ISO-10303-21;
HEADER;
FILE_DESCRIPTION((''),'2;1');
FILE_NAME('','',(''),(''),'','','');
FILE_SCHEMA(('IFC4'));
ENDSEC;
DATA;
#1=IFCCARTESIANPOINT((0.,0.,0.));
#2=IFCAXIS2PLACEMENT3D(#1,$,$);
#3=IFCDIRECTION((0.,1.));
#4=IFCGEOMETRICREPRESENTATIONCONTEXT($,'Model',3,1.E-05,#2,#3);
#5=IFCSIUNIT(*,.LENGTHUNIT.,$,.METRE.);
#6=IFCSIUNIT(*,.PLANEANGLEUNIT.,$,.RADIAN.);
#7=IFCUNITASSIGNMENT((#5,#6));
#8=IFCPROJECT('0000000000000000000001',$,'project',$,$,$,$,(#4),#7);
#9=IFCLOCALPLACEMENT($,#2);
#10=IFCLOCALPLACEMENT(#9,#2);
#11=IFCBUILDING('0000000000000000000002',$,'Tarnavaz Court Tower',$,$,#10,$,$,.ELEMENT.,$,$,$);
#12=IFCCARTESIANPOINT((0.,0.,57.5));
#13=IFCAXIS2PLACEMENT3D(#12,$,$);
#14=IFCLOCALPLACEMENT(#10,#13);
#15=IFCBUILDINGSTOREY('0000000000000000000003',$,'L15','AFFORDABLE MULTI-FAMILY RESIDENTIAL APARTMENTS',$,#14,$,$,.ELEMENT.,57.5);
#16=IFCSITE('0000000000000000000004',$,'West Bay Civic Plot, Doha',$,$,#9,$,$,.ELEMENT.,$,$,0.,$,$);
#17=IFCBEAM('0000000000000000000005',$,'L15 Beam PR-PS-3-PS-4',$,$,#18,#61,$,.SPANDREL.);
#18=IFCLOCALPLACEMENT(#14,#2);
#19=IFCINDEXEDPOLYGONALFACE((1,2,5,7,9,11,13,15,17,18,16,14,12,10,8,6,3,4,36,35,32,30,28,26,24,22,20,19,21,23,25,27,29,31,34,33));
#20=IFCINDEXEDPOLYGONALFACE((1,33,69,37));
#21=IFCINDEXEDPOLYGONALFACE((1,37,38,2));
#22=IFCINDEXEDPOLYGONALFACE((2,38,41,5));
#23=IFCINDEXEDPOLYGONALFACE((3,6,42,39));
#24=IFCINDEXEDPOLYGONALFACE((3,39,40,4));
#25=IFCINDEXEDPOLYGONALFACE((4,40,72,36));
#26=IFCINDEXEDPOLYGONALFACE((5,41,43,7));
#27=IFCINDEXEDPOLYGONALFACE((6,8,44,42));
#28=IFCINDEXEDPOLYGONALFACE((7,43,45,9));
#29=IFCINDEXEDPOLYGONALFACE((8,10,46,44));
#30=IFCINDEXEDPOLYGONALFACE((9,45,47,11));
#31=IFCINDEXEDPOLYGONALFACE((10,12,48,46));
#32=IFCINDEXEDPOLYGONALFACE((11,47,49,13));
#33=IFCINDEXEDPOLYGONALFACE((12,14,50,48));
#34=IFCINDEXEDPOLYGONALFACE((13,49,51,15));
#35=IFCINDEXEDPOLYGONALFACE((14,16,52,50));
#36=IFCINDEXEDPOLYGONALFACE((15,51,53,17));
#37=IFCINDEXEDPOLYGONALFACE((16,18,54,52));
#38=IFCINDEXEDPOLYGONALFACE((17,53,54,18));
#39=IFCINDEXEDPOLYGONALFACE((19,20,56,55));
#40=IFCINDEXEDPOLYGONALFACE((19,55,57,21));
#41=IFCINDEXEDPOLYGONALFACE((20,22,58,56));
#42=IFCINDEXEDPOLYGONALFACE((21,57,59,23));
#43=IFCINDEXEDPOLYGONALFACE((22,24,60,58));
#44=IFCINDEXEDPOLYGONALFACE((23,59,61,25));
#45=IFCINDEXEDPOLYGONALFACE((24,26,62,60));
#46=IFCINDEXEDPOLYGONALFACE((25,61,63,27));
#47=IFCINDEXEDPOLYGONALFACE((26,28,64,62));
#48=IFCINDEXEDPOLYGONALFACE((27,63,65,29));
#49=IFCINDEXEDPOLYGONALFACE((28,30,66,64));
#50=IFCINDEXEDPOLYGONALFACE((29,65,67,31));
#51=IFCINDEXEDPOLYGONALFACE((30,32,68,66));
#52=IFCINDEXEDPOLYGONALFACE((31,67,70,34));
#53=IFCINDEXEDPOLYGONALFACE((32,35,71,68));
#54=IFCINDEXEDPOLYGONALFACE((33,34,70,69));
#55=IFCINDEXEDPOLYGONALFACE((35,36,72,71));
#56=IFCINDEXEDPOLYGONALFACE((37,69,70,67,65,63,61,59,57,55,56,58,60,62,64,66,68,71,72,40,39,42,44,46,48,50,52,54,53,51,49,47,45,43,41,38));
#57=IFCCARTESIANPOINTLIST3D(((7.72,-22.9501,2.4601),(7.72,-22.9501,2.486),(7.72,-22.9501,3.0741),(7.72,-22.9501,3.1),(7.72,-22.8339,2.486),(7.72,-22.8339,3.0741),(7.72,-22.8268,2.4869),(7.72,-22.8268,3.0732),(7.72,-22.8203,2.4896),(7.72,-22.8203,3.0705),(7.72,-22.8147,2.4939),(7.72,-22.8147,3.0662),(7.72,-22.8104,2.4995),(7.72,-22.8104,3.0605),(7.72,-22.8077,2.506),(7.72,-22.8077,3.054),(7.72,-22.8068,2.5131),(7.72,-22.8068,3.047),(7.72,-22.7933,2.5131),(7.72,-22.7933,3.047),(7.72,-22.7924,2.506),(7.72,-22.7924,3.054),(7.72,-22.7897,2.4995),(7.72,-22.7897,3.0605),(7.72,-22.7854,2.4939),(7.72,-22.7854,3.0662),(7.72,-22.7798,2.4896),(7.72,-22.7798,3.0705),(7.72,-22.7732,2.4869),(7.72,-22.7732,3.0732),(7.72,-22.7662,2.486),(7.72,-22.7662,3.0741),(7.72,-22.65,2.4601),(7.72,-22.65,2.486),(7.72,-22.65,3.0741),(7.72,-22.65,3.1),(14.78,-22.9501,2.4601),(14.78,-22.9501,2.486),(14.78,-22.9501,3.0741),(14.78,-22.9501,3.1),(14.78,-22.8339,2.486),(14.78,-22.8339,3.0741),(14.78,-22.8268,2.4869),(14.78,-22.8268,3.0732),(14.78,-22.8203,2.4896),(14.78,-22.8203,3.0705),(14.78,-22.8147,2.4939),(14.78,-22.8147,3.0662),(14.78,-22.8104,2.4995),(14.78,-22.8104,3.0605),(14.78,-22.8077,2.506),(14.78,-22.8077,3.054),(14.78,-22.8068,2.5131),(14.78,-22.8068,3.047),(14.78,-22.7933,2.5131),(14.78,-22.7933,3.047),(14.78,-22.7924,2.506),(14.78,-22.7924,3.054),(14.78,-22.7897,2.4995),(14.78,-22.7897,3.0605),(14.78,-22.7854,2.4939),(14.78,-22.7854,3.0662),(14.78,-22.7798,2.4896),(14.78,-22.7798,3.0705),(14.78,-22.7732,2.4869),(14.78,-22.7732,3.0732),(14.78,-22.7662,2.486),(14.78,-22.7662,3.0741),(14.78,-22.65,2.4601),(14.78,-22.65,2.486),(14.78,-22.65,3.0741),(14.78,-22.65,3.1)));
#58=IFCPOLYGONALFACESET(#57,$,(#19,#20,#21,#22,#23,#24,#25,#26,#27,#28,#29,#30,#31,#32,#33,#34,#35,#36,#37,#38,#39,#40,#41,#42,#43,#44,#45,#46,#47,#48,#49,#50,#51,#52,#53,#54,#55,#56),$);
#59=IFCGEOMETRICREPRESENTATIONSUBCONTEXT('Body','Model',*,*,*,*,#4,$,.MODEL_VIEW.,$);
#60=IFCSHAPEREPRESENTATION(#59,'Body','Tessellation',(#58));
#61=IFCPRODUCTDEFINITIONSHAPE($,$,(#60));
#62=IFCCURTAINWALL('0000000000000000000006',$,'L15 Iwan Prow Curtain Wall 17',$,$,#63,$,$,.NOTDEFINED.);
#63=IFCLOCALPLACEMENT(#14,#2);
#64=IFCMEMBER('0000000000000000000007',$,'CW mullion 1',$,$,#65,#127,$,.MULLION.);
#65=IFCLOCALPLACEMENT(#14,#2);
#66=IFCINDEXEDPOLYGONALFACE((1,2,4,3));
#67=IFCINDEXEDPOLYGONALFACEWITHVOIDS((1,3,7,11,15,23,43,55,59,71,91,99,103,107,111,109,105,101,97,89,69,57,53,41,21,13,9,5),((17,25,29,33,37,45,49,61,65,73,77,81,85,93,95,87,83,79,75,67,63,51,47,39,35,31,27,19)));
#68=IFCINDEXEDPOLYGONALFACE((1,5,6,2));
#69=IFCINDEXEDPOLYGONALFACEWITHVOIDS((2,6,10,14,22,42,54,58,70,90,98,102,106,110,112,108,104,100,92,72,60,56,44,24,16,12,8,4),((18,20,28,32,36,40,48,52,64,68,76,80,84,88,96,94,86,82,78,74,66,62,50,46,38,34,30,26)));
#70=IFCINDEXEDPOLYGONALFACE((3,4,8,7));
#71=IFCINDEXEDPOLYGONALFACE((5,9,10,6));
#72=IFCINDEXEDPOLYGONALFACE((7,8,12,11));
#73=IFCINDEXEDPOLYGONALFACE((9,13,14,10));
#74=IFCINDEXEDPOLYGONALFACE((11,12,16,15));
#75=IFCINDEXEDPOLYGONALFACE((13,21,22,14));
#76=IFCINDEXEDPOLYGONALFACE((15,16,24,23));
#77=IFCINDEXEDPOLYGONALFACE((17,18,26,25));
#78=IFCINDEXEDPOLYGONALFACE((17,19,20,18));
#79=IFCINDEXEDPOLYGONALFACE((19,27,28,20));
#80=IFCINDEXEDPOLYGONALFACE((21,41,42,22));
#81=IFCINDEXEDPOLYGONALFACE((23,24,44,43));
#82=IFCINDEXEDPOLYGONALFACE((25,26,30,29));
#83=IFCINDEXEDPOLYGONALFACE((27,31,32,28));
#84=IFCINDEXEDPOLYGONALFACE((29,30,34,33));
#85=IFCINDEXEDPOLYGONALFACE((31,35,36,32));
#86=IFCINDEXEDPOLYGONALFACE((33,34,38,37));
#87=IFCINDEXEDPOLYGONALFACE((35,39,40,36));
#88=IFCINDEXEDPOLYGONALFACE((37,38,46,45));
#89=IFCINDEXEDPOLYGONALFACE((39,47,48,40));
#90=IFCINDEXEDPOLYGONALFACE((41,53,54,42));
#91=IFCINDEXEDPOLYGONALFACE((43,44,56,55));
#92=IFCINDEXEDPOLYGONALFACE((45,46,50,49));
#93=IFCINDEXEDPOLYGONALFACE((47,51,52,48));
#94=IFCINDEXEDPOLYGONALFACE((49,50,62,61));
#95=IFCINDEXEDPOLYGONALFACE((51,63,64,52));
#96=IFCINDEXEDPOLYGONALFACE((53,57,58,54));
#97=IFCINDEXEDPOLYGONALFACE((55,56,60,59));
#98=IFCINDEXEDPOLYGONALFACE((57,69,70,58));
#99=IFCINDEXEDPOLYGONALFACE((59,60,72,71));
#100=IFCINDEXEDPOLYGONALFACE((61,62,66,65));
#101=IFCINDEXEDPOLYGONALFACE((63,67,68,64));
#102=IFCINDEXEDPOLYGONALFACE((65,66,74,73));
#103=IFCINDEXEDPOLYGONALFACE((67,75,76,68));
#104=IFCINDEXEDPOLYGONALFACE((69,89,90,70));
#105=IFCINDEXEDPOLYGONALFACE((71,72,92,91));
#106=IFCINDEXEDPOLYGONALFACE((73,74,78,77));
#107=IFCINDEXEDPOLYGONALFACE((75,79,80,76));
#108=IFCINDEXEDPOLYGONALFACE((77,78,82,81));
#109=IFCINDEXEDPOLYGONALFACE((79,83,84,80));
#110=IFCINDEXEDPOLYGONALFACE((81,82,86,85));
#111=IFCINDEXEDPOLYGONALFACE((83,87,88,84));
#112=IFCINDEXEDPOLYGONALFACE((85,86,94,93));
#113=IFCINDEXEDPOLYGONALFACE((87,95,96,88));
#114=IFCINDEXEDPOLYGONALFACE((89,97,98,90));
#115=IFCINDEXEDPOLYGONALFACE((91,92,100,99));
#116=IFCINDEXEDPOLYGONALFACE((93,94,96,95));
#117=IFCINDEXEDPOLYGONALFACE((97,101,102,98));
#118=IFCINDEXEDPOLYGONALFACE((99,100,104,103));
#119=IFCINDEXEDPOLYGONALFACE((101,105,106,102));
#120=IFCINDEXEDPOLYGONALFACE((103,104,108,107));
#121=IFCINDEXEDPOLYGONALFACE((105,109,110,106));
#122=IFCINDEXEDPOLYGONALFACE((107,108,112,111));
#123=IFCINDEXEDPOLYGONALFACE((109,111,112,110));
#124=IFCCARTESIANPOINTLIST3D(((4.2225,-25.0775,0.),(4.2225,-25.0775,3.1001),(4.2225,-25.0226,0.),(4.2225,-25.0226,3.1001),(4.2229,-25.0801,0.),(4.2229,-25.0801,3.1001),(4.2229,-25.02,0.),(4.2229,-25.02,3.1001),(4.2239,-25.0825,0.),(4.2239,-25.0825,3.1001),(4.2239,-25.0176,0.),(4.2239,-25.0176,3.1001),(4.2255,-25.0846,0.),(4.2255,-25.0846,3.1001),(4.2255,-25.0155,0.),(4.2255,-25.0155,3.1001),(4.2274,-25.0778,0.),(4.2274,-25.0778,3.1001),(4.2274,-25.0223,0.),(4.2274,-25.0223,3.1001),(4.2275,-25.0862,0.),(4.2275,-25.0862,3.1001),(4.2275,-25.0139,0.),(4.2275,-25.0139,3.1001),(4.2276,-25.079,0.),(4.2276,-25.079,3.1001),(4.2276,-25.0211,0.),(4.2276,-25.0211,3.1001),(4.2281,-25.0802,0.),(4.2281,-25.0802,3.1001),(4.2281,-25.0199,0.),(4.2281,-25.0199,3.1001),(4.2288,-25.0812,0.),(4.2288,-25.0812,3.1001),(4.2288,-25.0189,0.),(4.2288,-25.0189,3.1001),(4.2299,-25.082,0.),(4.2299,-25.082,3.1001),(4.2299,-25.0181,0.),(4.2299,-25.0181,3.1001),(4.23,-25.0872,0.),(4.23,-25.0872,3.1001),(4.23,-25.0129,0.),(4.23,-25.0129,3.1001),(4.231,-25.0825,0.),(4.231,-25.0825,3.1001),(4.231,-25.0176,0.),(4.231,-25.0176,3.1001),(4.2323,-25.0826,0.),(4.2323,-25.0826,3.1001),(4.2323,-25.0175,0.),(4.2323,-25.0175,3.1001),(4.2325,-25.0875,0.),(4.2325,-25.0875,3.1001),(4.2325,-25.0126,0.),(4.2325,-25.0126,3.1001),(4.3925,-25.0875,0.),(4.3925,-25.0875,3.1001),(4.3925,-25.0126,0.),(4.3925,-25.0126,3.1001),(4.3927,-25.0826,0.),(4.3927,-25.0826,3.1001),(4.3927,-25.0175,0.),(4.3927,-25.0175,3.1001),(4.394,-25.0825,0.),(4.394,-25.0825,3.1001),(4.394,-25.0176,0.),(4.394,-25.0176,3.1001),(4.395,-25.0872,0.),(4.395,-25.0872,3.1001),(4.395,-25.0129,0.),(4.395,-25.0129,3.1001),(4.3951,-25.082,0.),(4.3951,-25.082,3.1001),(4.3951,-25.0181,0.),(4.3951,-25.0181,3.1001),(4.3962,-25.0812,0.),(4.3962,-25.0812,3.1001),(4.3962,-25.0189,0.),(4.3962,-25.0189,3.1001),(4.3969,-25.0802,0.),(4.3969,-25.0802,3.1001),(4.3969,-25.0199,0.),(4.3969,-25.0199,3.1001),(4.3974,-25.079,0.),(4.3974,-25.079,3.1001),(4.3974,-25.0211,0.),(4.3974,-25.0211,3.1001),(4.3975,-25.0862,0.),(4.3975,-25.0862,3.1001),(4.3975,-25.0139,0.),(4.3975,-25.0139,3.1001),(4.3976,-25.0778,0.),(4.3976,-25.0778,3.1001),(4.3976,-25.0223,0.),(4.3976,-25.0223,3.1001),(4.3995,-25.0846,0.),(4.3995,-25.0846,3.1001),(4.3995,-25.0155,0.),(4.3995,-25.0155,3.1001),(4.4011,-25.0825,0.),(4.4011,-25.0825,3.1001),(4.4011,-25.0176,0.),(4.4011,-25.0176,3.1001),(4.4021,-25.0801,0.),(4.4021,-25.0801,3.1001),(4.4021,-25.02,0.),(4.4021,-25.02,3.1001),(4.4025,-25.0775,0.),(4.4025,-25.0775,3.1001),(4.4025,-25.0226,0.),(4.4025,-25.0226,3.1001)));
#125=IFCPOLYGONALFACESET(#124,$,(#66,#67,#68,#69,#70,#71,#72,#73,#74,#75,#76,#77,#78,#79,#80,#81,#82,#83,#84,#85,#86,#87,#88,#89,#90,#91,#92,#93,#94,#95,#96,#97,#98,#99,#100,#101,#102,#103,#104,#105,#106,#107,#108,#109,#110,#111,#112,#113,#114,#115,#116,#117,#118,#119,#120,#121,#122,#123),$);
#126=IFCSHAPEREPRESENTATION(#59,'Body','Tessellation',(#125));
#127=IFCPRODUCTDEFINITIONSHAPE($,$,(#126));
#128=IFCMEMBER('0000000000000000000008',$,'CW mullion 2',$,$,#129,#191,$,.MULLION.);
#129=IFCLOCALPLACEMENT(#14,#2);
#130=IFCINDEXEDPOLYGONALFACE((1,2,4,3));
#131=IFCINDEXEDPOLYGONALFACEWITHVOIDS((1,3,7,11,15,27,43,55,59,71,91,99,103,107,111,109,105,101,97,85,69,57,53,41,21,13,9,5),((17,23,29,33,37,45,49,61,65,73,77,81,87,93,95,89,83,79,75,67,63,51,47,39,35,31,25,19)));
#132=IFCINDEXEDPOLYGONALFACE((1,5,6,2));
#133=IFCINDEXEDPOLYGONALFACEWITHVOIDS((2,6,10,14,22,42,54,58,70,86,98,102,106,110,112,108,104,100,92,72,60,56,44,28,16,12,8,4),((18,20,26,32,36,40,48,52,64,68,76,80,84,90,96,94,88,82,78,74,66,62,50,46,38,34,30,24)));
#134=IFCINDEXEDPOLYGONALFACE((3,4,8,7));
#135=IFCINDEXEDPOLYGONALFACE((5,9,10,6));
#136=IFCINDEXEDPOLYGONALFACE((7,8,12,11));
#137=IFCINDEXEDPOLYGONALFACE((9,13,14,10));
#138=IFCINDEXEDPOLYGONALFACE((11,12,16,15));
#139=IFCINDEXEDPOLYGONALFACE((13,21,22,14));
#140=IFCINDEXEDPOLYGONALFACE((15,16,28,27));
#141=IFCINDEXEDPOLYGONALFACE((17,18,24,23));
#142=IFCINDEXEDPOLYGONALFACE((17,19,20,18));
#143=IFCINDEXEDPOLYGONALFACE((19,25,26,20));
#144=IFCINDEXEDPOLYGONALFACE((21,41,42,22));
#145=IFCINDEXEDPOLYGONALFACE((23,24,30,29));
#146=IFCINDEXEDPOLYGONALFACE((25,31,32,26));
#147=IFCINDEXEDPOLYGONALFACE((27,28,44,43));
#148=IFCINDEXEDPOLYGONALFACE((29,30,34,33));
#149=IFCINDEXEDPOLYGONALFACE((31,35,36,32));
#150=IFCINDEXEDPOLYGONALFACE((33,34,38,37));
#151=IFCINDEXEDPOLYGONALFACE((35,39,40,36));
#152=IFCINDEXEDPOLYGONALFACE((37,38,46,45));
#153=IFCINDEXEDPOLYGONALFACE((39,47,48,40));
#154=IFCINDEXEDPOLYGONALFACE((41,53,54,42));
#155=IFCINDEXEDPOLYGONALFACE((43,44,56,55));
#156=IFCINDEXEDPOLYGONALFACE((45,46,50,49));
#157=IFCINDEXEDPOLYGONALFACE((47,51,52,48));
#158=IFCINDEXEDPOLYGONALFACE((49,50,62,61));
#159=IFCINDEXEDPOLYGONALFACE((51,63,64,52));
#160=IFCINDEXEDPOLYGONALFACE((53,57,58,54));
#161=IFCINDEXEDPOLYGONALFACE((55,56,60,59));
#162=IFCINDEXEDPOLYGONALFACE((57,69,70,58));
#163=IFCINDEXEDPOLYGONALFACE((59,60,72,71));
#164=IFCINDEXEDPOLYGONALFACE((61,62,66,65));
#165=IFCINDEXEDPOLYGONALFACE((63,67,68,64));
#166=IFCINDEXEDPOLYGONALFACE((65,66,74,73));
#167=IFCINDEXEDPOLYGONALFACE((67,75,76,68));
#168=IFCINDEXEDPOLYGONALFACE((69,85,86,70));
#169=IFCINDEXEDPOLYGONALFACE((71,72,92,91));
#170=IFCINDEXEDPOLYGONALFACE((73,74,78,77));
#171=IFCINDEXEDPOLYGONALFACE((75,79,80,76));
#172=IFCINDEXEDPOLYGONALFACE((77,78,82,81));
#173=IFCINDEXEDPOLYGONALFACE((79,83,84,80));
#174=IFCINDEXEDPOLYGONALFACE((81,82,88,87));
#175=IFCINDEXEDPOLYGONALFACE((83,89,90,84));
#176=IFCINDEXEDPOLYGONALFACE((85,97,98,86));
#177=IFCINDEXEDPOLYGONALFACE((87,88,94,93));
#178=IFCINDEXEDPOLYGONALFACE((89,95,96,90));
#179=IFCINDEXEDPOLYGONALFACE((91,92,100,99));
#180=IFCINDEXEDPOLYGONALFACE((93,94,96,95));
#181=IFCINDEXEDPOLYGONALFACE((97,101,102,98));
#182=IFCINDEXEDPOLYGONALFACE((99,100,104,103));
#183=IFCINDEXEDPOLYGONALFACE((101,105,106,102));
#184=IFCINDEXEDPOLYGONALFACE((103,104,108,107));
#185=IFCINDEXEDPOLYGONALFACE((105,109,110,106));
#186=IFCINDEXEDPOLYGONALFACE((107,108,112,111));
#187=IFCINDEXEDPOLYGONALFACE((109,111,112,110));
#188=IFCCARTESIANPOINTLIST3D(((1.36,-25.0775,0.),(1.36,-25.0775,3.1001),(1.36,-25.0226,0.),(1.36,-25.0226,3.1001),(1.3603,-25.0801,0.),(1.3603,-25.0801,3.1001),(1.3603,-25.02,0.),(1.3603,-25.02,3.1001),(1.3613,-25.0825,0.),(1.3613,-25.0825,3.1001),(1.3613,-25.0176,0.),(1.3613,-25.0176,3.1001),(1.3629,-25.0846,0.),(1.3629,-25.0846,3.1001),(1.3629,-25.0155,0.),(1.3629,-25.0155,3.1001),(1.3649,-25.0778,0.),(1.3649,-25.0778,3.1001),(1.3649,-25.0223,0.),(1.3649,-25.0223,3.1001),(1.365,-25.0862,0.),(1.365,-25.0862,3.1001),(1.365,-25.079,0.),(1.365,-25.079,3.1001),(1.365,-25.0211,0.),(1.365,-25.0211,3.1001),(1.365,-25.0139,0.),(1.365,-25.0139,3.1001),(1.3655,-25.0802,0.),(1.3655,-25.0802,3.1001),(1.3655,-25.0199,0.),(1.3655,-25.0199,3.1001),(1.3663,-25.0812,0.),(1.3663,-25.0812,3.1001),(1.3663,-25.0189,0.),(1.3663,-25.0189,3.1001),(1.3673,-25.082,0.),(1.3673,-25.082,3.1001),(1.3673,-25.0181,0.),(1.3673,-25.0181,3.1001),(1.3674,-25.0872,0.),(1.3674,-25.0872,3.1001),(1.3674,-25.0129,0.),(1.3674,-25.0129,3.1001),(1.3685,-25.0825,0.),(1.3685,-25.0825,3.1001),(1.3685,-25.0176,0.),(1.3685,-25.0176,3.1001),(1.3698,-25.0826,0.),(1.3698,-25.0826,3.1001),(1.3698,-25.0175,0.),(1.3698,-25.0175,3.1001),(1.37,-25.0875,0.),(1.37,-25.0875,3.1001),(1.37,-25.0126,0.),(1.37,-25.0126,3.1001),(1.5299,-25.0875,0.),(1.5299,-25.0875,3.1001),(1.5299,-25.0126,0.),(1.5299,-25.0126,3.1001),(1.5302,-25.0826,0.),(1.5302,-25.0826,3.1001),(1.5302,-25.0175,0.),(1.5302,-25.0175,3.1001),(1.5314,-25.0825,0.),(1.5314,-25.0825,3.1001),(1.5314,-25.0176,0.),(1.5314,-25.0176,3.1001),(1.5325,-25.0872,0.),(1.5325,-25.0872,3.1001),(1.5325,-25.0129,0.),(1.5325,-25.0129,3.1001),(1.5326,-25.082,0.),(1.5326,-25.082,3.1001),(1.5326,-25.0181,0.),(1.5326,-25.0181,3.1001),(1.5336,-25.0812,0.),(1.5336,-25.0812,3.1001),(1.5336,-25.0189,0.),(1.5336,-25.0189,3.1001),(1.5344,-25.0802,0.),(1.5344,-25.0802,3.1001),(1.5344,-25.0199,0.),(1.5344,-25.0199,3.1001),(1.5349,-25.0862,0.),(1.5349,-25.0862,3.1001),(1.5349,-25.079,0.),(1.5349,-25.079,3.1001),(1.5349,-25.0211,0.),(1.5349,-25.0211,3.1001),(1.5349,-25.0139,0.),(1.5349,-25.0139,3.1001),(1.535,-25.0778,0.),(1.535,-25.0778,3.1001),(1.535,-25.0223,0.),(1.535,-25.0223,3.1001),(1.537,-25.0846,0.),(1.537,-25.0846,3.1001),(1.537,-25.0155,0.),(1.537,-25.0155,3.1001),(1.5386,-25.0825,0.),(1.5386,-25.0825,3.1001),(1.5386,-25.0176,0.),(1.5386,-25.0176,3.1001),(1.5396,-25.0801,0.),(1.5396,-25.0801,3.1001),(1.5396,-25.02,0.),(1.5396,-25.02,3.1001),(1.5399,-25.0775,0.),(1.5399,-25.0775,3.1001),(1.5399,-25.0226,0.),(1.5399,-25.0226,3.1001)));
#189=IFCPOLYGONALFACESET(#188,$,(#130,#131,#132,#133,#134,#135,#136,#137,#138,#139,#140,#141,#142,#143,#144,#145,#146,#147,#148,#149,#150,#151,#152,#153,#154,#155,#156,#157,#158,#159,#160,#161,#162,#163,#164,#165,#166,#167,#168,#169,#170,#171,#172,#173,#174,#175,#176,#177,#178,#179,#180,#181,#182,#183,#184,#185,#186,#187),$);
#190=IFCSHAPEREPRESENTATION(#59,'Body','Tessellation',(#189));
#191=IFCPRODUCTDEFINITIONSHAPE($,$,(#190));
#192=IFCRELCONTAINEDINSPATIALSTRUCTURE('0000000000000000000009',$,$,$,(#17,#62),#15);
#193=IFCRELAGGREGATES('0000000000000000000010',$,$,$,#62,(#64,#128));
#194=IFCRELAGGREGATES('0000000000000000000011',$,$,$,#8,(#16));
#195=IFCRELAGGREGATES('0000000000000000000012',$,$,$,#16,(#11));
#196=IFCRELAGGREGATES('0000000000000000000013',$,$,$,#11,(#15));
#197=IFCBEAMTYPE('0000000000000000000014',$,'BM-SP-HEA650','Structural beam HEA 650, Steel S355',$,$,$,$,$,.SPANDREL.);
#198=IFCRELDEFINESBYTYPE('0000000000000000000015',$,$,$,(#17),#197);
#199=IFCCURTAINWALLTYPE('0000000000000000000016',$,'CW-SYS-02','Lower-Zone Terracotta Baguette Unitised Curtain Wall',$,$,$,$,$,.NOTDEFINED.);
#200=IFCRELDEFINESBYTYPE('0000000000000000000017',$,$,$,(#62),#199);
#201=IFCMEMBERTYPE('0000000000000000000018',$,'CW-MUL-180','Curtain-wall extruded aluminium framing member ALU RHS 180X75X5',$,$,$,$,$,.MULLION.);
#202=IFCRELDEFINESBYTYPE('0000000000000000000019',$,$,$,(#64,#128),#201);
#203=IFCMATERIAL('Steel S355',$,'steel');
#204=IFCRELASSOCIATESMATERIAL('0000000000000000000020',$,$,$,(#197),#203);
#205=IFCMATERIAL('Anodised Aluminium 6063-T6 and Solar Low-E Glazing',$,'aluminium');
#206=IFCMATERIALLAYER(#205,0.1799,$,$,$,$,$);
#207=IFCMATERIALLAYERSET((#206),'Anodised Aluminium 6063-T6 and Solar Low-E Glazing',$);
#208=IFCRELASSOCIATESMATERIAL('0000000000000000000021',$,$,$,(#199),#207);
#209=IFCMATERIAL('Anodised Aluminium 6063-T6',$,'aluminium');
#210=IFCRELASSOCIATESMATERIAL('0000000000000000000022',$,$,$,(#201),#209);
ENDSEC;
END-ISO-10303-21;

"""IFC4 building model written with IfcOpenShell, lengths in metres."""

from ifc_helpers import new_model, si_unit, direction, frame, origin, origin_2d, place, context, subcontext, project, spatial, hollow_rectangle, i_section, extrude, material, layer, layer_set, material_profile, profile_set, type_object, element, aggregate, save


model = new_model("IFC4")

# Units and contexts
model_context = context("Model", 3, precision=1e-05, world=origin(), true_north=direction((0.0, 1.0)))
body_context = subcontext(model_context, "Body", "Model", "MODEL_VIEW")
ifc_project = project(units=[si_unit("LENGTHUNIT", "METRE"), si_unit("PLANEANGLEUNIT", "RADIAN")], contexts=[model_context])

# Site, building, storey
site_placement = place(None, origin())
site = spatial("IfcSite", under=ifc_project, at=site_placement, Name="West Bay Civic Plot, Doha", CompositionType="ELEMENT", RefElevation=0.0)
building_placement = place(site_placement, origin())
building = spatial("IfcBuilding", under=site, at=building_placement, Name="Tarnavaz Court Tower", CompositionType="ELEMENT")
storey_placement = place(building_placement, frame((0.0, 0.0, 57.5)))
storey = spatial("IfcBuildingStorey", under=building, at=storey_placement, Name="L15", Description="AFFORDABLE MULTI-FAMILY RESIDENTIAL APARTMENTS", CompositionType="ELEMENT", Elevation=57.5)

# Beam
ifc_material_1 = material(Name="Steel S355", Category="steel")
ifc_material_profile_1 = material_profile(ifc_material_1, i_section(OverallWidth=0.3, OverallDepth=0.6399, WebThickness=0.0134, FlangeThickness=0.0259, FilletRadius=0.0271, at=origin_2d()), Name="HEA 650")
ifc_profile_set_1 = profile_set([ifc_material_profile_1], Name="Steel S355")
beam_type_1 = type_object("IfcBeamType", Name="BM-SP-HEA650", Description="Structural beam HEA 650, Steel S355", PredefinedType="SPANDREL", material=ifc_profile_set_1)
beam_placement = place(storey_placement, frame((7.72, -22.8, 2.78), z_axis=(1.0, 0.0, 0.0), x_axis=(0.0, 1.0, 0.0)))
element("IfcBeam", 1, at=beam_placement, inside=storey, type_object=beam_type_1, Name="L15 Beam PR-PS-3-PS-4", PredefinedType="SPANDREL", context=body_context, shape_type="SweptSolid", body=[
    extrude(i_section(OverallWidth=0.3, OverallDepth=0.6399, WebThickness=0.0134, FlangeThickness=0.0259, FilletRadius=0.0271, at=origin_2d()), origin(), (0.0, 0.0, 1.0), 7.0601),
])

# Curtain wall, members
ifc_material_2 = material(Name="Anodised Aluminium 6063-T6 and Solar Low-E Glazing", Category="aluminium")
ifc_layer_1 = layer(ifc_material_2, 0.1799)
ifc_layer_set_1 = layer_set([ifc_layer_1], Name="Anodised Aluminium 6063-T6 and Solar Low-E Glazing")
curtain_wall_type = type_object("IfcCurtainWallType", Name="CW-SYS-02", Description="Lower-Zone Terracotta Baguette Unitised Curtain Wall", PredefinedType="NOTDEFINED", material=ifc_layer_set_1)
curtain_wall_placement = place(storey_placement, origin())
curtain_wall = element("IfcCurtainWall", 2, at=curtain_wall_placement, inside=storey, type_object=curtain_wall_type, Name="L15 Iwan Prow Curtain Wall 17", PredefinedType="NOTDEFINED")
ifc_material_3 = material(Name="Anodised Aluminium 6063-T6", Category="aluminium")
ifc_material_profile_2 = material_profile(ifc_material_3, hollow_rectangle(XDim=0.075, YDim=0.1799, WallThickness=0.0049, InnerFilletRadius=0.0049, OuterFilletRadius=0.01, at=origin_2d()), Name="ALU RHS 180X75X5")
ifc_profile_set_2 = profile_set([ifc_material_profile_2], Name="Anodised Aluminium 6063-T6")
member_type_1 = type_object("IfcMemberType", Name="CW-MUL-180", Description="Curtain-wall extruded aluminium framing member ALU RHS 180X75X5", PredefinedType="MULLION", material=ifc_profile_set_2)
member_1_placement = place(storey_placement, frame((4.3125, -25.05, 0.0), z_axis=(0.0, 0.0, 1.0), x_axis=(0.0, -1.0, 0.0)))
member_1 = element("IfcMember", 3, at=member_1_placement, type_object=member_type_1, Name="CW mullion 1", PredefinedType="MULLION", context=body_context, shape_type="SweptSolid", body=[
    extrude(hollow_rectangle(XDim=0.075, YDim=0.1799, WallThickness=0.0049, InnerFilletRadius=0.0049, OuterFilletRadius=0.01, at=origin_2d()), origin(), (0.0, 0.0, 1.0), 3.1001),
])
member_2_placement = place(storey_placement, frame((1.45, -25.05, 0.0), z_axis=(0.0, 0.0, 1.0), x_axis=(0.0, -1.0, 0.0)))
member_2 = element("IfcMember", 4, at=member_2_placement, type_object=member_type_1, Name="CW mullion 2", PredefinedType="MULLION", context=body_context, shape_type="SweptSolid", body=[
    extrude(hollow_rectangle(XDim=0.075, YDim=0.1799, WallThickness=0.0049, InnerFilletRadius=0.0049, OuterFilletRadius=0.01, at=origin_2d()), origin(), (0.0, 0.0, 1.0), 3.1001),
])
aggregate(curtain_wall, [member_1, member_2])

save(model, "model.ifc")
